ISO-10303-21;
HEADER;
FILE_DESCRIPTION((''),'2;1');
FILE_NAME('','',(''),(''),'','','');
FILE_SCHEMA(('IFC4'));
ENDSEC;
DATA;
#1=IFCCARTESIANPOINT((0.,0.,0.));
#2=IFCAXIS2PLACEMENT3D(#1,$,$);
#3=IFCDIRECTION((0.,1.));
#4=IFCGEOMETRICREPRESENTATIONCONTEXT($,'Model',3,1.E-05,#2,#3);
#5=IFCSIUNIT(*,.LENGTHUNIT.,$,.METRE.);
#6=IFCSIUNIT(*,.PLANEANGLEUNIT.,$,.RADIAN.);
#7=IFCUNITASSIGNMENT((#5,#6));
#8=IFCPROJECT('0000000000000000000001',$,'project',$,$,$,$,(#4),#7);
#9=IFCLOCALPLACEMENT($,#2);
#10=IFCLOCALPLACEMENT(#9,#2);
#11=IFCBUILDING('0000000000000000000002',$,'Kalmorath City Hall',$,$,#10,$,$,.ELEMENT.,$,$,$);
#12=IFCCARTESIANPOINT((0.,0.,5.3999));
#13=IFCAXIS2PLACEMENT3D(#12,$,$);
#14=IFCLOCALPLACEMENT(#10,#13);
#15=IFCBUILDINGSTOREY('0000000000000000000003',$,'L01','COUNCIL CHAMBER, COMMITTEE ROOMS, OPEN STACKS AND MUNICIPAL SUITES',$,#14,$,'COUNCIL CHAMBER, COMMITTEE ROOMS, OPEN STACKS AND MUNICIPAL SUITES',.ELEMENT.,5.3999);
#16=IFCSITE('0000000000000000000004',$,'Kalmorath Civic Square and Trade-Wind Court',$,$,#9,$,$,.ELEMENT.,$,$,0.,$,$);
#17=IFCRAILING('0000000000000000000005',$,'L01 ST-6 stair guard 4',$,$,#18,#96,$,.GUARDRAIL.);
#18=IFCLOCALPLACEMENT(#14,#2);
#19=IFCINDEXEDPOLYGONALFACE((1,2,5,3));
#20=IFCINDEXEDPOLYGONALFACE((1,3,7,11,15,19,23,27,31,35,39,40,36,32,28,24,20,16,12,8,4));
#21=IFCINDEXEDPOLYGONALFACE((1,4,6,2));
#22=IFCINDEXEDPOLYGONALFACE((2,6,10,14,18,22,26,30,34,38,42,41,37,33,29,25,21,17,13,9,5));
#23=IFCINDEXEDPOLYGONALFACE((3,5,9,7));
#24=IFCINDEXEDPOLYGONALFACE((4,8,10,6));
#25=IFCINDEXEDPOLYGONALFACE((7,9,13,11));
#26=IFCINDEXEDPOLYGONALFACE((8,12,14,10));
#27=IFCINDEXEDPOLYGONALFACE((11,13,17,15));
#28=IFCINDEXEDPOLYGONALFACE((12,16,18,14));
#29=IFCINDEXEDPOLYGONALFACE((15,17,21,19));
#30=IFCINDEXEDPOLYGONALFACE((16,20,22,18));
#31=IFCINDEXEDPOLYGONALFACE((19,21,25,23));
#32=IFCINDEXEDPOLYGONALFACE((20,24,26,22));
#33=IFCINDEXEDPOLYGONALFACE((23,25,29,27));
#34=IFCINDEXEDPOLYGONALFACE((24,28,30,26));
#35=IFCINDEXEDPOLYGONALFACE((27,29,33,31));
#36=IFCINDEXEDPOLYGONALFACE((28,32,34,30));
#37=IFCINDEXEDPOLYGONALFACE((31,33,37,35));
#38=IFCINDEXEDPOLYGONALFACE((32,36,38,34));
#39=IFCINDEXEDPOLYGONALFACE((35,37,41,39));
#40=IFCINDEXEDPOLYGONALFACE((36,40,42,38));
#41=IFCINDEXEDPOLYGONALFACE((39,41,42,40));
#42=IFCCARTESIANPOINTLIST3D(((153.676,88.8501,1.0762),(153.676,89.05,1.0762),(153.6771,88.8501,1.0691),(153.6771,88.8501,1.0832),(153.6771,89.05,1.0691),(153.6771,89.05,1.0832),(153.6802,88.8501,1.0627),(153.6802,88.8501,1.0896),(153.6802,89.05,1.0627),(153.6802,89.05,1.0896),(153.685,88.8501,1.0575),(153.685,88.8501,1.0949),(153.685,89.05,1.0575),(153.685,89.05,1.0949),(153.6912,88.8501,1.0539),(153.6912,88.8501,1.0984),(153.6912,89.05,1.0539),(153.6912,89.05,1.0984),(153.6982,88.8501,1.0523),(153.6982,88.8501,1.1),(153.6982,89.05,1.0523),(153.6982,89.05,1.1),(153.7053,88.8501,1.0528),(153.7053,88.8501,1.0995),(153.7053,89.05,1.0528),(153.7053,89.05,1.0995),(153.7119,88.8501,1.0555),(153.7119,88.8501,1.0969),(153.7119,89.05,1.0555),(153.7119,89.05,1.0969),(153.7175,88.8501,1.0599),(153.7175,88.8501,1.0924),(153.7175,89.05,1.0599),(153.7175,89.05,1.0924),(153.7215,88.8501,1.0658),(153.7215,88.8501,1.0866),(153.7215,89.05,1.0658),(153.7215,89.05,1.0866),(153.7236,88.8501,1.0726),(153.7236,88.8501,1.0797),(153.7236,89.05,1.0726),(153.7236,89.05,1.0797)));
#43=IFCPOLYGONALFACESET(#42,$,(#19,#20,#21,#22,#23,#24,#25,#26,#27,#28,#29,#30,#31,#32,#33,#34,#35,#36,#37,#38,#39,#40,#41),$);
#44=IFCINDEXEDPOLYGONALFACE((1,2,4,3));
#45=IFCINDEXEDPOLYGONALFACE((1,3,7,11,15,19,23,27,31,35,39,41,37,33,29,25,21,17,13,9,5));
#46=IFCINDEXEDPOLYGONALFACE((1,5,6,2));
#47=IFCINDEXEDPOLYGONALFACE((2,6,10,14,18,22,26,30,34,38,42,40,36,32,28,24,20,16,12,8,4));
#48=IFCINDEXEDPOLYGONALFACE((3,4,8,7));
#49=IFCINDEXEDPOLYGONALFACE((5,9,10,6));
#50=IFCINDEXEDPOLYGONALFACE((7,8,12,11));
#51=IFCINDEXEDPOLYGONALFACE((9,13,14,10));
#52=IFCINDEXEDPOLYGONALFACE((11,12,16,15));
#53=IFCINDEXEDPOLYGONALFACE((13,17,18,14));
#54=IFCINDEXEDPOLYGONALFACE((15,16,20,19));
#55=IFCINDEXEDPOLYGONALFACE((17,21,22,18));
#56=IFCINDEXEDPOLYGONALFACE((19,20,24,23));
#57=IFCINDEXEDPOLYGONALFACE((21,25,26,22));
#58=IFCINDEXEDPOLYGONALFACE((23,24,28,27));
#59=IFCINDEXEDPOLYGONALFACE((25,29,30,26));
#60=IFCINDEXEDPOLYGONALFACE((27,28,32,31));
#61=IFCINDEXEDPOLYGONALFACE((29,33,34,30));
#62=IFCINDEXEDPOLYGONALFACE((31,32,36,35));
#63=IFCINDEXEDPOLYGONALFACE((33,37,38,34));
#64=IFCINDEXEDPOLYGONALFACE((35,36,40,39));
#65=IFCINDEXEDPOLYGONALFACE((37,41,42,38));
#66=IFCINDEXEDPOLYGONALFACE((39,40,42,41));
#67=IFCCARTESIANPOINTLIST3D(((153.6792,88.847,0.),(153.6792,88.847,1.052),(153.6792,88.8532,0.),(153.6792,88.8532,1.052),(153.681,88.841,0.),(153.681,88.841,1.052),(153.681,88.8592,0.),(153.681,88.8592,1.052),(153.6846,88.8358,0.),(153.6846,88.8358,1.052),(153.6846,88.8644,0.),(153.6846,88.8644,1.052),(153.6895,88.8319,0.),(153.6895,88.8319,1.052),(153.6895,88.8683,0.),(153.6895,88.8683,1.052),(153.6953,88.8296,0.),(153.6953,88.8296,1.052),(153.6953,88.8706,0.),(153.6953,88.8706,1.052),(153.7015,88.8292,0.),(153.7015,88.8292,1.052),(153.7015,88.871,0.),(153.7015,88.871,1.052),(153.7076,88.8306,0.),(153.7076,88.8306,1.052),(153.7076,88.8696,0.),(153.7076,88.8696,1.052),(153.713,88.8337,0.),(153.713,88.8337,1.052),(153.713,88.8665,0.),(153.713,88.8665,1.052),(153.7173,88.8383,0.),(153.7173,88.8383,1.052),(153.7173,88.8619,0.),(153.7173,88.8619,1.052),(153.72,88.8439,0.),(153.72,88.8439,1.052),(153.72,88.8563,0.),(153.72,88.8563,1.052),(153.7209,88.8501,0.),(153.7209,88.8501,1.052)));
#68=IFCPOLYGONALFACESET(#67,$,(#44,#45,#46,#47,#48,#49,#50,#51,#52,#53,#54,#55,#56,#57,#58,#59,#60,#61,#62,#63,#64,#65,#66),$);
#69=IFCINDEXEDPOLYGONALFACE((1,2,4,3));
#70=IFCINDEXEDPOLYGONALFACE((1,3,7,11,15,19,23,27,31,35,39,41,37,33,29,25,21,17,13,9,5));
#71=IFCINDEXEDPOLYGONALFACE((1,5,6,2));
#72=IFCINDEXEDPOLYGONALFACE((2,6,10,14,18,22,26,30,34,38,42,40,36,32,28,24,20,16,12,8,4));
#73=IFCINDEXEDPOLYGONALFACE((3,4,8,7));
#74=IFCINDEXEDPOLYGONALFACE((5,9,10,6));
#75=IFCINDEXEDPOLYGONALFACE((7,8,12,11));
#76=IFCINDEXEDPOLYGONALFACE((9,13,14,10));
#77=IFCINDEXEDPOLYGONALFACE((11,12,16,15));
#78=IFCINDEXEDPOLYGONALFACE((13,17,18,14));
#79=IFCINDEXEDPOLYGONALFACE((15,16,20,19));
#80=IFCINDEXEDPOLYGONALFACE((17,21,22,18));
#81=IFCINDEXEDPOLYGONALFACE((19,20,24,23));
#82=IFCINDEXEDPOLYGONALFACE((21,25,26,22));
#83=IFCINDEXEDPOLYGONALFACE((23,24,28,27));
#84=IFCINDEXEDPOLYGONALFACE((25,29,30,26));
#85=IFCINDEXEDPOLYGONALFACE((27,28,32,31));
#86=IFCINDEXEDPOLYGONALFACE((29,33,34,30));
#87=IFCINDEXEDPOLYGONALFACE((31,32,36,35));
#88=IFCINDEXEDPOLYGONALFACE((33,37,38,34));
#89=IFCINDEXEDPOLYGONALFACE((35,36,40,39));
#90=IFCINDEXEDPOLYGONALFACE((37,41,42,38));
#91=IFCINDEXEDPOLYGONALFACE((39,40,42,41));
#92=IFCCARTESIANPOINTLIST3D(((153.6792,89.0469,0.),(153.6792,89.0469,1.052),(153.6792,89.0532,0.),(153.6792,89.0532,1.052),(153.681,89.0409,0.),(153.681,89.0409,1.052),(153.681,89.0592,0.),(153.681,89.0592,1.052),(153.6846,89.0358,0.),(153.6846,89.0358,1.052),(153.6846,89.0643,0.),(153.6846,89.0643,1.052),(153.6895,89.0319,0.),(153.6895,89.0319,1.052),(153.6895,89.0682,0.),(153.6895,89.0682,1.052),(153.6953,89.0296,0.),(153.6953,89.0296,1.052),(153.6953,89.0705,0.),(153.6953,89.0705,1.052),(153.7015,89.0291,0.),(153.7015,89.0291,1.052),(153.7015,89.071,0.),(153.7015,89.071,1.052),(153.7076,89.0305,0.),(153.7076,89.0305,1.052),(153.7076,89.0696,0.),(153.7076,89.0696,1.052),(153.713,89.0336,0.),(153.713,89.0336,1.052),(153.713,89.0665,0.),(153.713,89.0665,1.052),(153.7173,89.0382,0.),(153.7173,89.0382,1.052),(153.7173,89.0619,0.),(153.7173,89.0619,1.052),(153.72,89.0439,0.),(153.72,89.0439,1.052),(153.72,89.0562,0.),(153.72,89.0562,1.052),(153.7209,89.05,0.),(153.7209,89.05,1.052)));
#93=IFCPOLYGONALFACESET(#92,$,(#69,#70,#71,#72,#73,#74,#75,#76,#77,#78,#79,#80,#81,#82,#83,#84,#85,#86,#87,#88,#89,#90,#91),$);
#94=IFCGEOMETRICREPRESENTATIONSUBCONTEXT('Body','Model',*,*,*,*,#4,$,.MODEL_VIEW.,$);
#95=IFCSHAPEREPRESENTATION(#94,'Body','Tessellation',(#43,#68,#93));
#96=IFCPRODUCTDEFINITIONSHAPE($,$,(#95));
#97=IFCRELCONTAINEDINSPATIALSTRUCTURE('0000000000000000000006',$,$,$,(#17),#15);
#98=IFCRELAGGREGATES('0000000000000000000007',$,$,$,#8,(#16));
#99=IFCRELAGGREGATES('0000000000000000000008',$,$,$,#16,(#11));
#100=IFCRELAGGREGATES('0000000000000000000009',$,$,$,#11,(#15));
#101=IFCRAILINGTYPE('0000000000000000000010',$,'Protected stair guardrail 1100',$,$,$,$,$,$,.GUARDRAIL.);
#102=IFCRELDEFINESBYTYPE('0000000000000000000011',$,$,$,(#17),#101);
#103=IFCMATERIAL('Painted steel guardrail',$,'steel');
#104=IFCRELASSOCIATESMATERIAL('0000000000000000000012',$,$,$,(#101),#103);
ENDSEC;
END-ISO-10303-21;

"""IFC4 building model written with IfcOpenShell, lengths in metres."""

from ifc_helpers import new_model, si_unit, direction, frame, origin, origin_2d, place, context, subcontext, project, spatial, circle, extrude, material, type_object, element, save


model = new_model("IFC4")

# Units and contexts
model_context = context("Model", 3, precision=1e-05, world=origin(), true_north=direction((0.0, 1.0)))
body_context = subcontext(model_context, "Body", "Model", "MODEL_VIEW")
ifc_project = project(units=[si_unit("LENGTHUNIT", "METRE"), si_unit("PLANEANGLEUNIT", "RADIAN")], contexts=[model_context])

# Site, building, storey
site_placement = place(None, origin())
site = spatial("IfcSite", under=ifc_project, at=site_placement, Name="Kalmorath Civic Square and Trade-Wind Court", CompositionType="ELEMENT", RefElevation=0.0)
building_placement = place(site_placement, origin())
building = spatial("IfcBuilding", under=site, at=building_placement, Name="Kalmorath City Hall", CompositionType="ELEMENT")
storey_placement = place(building_placement, frame((0.0, 0.0, 5.3999)))
storey = spatial("IfcBuildingStorey", under=building, at=storey_placement, Name="L01", Description="COUNCIL CHAMBER, COMMITTEE ROOMS, OPEN STACKS AND MUNICIPAL SUITES", LongName="COUNCIL CHAMBER, COMMITTEE ROOMS, OPEN STACKS AND MUNICIPAL SUITES", CompositionType="ELEMENT", Elevation=5.3999)

# Railing
ifc_material_1 = material(Name="Painted steel guardrail", Category="steel")
railing_type_1 = type_object("IfcRailingType", Name="Protected stair guardrail 1100", PredefinedType="GUARDRAIL", material=ifc_material_1)
railing_1_placement = place(storey_placement, frame((153.7, 88.8501, 0.0)))
element("IfcRailing", 1, at=railing_1_placement, inside=storey, type_object=railing_type_1, Name="L01 ST-6 stair guard 4", PredefinedType="GUARDRAIL", context=body_context, shape_type="SweptSolid", body=[
    extrude(circle(Radius=0.0239, at=origin_2d()), frame((0.0, 0.0, 1.0762), z_axis=(0.0, 1.0, 0.0), x_axis=(-1.0, 0.0, 0.0)), (0.0, 0.0, 1.0), 0.2),
    extrude(circle(Radius=0.021, at=origin_2d()), origin(), (0.0, 0.0, 1.0), 1.052),
    extrude(circle(Radius=0.021, at=origin_2d()), frame((0.0, 0.2, 0.0)), (0.0, 0.0, 1.0), 1.052),
])

save(model, "model.ifc")
